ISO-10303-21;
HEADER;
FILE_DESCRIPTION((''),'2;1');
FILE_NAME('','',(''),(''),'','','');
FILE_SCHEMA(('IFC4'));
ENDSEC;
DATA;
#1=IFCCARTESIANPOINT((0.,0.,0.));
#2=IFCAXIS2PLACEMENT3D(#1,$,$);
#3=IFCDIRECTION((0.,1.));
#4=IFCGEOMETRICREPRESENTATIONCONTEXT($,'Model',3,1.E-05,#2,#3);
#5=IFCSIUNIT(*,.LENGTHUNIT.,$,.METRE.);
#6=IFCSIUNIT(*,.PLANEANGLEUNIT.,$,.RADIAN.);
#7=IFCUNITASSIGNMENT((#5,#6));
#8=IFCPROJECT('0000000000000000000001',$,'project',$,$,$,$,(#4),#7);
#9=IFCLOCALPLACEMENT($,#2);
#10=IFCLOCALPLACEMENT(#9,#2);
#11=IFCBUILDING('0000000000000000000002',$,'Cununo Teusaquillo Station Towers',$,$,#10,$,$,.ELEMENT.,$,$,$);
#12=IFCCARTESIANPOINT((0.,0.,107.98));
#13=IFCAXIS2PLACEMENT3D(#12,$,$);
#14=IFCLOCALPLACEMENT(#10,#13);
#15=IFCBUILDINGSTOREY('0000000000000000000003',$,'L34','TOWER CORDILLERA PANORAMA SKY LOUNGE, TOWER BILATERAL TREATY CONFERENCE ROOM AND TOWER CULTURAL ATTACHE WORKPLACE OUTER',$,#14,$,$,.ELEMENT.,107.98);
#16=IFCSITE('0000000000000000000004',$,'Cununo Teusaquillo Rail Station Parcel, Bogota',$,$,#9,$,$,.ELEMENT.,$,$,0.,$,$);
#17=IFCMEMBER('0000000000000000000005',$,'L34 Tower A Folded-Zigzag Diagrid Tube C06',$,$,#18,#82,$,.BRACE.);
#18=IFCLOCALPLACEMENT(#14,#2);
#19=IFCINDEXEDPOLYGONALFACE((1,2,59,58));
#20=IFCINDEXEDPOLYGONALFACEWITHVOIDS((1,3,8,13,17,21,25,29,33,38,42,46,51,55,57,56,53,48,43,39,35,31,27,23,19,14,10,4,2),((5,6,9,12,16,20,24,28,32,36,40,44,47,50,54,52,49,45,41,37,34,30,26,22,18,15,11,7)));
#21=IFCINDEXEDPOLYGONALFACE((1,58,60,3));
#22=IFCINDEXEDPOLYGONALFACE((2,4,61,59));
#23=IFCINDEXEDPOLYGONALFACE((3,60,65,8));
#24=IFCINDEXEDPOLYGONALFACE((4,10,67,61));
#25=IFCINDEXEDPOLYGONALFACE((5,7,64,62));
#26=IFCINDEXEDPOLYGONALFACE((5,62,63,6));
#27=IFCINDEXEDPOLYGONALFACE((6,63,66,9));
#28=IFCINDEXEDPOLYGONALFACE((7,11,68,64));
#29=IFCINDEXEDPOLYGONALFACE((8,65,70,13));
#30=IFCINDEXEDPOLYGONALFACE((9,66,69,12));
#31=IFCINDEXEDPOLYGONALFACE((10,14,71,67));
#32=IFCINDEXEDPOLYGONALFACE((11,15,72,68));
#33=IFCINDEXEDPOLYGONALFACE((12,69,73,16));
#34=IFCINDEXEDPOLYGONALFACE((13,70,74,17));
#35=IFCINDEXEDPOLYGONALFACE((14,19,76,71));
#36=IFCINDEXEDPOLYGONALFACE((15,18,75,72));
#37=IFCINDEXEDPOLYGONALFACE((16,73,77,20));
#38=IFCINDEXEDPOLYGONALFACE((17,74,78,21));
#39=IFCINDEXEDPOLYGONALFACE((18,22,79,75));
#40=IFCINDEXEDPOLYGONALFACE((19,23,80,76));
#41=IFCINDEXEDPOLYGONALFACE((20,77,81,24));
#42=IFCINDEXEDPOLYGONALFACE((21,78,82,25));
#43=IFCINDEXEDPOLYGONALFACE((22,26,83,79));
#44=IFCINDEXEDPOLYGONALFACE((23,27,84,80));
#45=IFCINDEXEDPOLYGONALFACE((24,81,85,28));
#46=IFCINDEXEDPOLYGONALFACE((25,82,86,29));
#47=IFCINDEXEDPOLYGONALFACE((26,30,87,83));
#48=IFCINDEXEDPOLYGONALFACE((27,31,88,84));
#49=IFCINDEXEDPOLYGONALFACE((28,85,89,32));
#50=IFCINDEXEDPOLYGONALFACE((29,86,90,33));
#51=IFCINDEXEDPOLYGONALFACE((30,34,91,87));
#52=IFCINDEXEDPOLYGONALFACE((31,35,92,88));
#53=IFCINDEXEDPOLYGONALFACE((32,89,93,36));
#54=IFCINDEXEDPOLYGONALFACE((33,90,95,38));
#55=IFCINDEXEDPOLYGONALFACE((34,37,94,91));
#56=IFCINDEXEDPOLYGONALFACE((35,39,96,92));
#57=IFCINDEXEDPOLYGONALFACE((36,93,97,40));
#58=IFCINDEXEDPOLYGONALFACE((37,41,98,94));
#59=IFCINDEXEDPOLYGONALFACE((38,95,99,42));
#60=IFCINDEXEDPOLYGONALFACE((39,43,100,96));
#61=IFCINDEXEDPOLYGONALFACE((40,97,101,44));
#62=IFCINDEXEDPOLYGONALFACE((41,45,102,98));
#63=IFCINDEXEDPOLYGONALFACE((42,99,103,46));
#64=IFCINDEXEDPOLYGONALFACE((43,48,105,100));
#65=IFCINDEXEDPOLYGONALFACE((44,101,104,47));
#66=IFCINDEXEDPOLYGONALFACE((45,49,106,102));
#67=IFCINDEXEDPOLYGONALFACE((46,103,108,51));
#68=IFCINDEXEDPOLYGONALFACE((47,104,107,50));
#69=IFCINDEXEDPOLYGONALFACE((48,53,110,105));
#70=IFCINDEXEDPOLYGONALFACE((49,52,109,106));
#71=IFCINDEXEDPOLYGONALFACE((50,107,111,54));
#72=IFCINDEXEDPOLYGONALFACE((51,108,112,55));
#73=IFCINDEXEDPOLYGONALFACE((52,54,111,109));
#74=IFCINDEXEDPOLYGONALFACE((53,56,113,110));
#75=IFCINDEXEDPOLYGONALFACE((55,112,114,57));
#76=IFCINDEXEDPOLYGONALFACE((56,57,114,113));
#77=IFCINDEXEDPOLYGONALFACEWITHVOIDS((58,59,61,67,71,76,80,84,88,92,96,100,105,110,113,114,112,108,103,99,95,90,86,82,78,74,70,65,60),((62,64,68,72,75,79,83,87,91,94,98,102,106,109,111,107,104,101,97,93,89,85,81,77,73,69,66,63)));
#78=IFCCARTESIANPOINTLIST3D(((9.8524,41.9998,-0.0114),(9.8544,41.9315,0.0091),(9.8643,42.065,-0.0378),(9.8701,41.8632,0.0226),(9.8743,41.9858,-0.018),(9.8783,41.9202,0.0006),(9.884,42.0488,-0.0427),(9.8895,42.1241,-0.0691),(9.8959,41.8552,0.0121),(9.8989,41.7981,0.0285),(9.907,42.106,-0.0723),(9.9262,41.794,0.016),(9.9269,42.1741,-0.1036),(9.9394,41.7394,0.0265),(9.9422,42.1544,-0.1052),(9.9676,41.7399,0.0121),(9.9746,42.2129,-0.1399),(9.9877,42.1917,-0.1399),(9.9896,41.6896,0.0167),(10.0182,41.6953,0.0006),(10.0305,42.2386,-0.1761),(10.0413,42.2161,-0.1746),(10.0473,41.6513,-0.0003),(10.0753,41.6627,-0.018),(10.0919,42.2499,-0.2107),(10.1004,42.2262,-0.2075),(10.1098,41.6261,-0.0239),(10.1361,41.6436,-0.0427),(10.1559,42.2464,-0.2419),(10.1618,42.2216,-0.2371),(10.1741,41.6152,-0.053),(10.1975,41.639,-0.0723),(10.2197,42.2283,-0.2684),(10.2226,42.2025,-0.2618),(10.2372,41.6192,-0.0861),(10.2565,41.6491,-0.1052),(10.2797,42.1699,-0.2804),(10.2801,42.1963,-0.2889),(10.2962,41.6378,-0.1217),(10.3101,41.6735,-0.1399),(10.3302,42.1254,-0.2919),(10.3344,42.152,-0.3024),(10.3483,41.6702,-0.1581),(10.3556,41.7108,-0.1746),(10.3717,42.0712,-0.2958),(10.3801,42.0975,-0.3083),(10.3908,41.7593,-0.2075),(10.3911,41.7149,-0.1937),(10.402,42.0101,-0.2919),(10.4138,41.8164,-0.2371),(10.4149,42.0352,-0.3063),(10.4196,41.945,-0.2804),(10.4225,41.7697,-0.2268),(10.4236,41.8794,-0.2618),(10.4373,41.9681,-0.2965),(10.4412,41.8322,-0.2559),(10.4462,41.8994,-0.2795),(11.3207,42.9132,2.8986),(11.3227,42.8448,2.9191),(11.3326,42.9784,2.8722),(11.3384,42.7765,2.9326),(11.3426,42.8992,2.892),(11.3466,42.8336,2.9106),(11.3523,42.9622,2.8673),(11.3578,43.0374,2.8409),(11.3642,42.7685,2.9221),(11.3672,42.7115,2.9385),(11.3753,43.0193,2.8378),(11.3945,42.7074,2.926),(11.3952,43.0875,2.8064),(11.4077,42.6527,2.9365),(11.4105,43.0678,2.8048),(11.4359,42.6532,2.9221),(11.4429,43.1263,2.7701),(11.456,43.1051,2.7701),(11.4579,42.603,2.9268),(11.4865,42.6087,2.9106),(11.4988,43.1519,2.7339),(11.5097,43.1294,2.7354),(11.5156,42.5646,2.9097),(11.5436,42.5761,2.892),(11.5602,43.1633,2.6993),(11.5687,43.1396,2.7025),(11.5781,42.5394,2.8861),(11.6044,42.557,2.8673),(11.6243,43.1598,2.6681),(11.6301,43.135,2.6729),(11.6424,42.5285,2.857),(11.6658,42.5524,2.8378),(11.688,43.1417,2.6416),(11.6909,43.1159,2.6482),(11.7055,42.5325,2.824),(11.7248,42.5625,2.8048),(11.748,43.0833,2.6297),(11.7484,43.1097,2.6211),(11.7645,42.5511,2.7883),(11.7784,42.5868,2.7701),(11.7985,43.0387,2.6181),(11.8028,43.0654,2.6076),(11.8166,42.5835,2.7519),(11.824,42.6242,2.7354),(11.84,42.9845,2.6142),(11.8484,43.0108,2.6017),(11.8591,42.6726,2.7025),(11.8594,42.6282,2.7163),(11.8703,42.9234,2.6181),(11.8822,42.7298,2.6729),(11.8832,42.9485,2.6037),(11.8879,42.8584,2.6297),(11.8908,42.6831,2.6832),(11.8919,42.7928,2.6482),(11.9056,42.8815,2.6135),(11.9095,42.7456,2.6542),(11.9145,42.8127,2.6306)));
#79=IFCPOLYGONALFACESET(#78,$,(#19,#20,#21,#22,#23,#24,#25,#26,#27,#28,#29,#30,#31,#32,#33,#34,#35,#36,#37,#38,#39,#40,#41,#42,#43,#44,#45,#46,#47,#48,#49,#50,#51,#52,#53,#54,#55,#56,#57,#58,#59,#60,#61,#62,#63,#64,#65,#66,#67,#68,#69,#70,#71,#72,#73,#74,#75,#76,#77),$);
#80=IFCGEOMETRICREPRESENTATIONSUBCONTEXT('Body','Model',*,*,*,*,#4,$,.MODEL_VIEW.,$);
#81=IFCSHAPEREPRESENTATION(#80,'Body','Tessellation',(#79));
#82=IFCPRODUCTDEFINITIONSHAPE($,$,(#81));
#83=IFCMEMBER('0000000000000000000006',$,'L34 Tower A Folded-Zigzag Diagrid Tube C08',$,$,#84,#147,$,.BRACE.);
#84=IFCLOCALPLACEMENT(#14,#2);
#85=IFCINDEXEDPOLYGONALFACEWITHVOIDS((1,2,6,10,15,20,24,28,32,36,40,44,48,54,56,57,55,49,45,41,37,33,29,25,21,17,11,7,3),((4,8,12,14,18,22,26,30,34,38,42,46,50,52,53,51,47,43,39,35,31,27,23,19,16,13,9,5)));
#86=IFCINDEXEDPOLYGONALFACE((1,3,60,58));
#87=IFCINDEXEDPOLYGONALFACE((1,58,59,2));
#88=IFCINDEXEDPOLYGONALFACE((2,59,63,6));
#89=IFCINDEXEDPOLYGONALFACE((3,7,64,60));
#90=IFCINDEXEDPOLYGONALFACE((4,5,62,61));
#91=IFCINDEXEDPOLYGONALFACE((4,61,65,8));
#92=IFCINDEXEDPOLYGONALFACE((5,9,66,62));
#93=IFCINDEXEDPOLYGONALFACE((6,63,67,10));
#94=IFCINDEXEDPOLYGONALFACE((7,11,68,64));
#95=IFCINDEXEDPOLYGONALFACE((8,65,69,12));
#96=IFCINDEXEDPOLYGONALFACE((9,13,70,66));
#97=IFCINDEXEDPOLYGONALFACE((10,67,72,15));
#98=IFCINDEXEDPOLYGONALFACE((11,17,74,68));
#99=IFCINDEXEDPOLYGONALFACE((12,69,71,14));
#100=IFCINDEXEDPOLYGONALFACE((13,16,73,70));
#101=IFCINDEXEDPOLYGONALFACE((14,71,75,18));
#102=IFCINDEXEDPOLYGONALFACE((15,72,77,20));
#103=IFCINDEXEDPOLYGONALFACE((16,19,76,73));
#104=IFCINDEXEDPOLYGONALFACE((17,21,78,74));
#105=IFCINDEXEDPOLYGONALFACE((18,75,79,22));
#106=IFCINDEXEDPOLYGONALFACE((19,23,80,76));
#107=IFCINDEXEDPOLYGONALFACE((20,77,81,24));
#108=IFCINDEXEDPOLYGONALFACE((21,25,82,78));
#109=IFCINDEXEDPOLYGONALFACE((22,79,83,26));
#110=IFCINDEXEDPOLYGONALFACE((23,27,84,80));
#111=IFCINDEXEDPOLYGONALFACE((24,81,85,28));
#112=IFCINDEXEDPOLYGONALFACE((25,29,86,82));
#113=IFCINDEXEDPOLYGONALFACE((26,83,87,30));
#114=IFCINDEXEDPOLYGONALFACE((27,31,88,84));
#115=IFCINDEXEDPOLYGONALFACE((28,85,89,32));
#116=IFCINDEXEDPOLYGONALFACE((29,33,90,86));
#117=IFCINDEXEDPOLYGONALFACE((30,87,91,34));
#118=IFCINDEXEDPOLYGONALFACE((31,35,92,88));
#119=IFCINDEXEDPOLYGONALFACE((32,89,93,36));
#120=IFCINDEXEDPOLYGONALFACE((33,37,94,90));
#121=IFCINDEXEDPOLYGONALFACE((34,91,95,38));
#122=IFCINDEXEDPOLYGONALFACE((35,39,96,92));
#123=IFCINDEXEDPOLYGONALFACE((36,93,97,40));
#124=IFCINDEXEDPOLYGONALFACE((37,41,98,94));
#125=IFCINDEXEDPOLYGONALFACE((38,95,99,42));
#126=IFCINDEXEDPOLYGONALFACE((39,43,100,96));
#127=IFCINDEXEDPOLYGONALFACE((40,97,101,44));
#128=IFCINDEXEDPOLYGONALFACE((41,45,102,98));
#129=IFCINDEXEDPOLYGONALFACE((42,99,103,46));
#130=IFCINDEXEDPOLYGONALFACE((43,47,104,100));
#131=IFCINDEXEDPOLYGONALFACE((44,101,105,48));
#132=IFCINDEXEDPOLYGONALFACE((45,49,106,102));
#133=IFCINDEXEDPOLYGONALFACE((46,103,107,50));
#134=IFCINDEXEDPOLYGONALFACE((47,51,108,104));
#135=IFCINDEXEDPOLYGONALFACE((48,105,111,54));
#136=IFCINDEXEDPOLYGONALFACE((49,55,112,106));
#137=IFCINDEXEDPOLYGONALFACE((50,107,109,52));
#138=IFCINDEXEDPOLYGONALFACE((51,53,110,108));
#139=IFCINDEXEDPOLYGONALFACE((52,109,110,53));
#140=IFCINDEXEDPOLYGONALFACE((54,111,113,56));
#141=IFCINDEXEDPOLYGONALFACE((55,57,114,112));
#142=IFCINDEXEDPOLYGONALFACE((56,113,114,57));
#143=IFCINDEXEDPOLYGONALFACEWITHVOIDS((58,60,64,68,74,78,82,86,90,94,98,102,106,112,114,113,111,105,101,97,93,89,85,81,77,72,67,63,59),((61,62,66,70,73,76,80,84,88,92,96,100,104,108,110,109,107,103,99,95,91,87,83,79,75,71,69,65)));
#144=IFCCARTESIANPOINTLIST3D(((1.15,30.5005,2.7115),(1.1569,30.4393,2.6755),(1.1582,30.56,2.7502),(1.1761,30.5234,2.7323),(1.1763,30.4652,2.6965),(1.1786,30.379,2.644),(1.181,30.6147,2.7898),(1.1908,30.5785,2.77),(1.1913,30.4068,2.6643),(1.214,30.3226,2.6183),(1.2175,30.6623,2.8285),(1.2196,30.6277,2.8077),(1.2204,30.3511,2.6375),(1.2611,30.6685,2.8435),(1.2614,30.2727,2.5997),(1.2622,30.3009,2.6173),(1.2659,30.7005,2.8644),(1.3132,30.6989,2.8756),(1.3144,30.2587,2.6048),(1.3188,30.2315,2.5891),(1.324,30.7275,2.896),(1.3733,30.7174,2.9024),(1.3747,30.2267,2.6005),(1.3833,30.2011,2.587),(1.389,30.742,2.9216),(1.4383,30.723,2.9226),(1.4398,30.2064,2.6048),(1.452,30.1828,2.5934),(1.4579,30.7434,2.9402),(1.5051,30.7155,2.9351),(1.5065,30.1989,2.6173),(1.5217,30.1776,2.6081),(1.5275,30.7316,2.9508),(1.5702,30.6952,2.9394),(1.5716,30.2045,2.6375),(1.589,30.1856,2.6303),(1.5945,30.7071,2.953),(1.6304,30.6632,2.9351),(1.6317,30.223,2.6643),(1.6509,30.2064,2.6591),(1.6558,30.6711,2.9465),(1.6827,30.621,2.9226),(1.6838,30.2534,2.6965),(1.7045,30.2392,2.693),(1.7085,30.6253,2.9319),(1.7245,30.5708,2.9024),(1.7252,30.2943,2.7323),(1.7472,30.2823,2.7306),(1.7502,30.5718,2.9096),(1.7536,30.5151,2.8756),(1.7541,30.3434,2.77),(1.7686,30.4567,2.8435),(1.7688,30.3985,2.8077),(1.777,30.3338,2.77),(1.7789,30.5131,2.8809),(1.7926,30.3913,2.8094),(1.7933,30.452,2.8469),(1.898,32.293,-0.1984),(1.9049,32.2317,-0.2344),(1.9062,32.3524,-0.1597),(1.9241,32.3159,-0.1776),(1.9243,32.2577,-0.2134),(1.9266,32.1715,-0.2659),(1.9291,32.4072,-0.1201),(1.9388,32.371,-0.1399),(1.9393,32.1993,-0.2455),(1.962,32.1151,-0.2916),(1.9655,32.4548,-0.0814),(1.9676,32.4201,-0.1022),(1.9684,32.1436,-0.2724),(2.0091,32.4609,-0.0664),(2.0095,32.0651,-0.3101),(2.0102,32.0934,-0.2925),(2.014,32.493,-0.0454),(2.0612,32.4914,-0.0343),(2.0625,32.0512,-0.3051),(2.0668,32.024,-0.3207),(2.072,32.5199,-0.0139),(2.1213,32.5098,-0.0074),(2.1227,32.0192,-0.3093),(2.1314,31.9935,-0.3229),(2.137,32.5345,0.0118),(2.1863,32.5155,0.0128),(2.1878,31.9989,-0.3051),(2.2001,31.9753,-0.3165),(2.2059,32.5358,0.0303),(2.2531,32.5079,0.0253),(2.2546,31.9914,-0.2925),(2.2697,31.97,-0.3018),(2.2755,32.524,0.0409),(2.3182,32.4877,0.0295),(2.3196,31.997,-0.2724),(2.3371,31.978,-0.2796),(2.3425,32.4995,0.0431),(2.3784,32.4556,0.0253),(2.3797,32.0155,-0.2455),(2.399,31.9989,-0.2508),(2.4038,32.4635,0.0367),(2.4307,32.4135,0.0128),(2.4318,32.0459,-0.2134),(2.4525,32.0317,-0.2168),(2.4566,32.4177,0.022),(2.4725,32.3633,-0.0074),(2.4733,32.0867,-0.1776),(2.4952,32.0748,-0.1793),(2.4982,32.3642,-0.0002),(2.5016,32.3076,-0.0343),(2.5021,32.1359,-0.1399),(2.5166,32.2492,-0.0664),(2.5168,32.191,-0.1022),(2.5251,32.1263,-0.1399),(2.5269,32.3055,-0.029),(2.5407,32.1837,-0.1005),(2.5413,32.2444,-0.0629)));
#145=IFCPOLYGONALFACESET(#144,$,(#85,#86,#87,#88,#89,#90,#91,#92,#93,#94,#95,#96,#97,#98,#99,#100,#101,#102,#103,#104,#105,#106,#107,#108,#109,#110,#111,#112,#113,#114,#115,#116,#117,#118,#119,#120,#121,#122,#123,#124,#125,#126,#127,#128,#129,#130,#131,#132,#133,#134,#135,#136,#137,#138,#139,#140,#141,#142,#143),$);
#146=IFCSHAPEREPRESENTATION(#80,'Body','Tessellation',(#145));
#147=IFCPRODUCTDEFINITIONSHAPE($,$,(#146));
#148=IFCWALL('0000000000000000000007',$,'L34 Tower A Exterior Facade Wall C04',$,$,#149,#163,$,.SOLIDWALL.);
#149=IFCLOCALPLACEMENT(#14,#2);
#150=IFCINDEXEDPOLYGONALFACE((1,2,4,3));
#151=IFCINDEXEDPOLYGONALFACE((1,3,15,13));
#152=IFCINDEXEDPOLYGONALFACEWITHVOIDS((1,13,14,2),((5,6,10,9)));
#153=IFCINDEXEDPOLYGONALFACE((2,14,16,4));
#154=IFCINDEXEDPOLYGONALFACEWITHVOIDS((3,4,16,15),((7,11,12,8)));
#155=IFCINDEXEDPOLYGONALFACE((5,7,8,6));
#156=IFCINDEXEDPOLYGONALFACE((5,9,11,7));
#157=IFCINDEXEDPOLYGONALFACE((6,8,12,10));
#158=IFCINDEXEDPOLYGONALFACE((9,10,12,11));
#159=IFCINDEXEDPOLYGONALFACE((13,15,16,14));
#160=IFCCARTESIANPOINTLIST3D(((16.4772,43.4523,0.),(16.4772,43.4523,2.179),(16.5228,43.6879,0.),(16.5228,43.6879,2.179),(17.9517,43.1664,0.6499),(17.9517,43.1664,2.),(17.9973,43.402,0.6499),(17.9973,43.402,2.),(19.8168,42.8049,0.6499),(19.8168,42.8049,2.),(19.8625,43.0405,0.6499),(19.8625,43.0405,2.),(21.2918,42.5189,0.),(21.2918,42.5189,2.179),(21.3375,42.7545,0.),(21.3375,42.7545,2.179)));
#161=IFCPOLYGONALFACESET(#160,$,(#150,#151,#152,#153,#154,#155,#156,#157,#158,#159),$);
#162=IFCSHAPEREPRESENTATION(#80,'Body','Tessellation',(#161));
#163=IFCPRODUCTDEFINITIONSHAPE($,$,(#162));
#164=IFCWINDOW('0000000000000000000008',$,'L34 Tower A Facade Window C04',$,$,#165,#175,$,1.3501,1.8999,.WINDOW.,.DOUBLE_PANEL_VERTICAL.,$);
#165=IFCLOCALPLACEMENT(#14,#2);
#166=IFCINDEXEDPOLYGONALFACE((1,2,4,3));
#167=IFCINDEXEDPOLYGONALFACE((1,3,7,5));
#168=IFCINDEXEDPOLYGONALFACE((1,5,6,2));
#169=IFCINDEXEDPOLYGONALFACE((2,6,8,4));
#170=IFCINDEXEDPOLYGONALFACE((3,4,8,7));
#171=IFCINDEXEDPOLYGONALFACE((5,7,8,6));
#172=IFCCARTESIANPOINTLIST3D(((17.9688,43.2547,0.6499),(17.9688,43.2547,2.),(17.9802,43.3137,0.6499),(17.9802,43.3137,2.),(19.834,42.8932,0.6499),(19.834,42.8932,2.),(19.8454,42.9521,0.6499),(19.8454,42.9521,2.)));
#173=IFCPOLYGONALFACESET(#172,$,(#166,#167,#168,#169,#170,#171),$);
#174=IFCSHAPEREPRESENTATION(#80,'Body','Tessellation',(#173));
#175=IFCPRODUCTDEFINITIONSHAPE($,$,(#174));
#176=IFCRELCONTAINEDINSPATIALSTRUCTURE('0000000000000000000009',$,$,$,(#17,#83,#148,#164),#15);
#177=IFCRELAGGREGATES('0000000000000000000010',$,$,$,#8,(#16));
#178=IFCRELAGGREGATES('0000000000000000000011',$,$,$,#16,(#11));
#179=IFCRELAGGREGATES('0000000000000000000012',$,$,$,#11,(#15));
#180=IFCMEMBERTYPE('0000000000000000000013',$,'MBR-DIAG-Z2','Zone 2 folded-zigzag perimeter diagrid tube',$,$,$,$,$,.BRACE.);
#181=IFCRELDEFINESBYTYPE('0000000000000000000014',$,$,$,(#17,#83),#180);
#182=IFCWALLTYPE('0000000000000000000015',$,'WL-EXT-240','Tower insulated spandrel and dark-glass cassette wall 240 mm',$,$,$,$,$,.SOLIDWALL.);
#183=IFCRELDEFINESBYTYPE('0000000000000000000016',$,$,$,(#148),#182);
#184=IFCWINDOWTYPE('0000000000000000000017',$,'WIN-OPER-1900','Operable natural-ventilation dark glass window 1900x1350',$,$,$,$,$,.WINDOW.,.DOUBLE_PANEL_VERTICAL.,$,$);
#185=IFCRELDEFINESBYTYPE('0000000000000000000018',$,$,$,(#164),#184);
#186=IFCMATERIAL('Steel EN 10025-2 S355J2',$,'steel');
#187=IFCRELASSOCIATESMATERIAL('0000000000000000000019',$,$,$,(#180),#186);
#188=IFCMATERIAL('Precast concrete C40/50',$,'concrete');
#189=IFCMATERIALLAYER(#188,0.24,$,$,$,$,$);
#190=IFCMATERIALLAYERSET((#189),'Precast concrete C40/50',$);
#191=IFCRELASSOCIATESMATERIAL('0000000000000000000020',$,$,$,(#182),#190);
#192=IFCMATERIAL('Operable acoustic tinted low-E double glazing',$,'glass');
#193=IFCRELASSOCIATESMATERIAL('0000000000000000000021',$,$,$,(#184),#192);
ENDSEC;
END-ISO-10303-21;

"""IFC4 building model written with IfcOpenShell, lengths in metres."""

from ifc_helpers import new_model, si_unit, direction, frame, frame_2d, origin, origin_2d, place, context, subcontext, project, spatial, rectangle, hollow_circle, extrude, source, transform, mapped, material, layer, layer_set, material_profile, profile_set, type_object, element, fill, save


model = new_model("IFC4")

# Units and contexts
model_context = context("Model", 3, precision=1e-05, world=origin(), true_north=direction((0.0, 1.0)))
body_context = subcontext(model_context, "Body", "Model", "MODEL_VIEW")
ifc_project = project(units=[si_unit("LENGTHUNIT", "METRE"), si_unit("PLANEANGLEUNIT", "RADIAN")], contexts=[model_context])

# Site, building, storey
site_placement = place(None, origin())
site = spatial("IfcSite", under=ifc_project, at=site_placement, Name="Cununo Teusaquillo Rail Station Parcel, Bogota", CompositionType="ELEMENT", RefElevation=0.0)
building_placement = place(site_placement, origin())
building = spatial("IfcBuilding", under=site, at=building_placement, Name="Cununo Teusaquillo Station Towers", CompositionType="ELEMENT")
storey_placement = place(building_placement, frame((0.0, 0.0, 107.98)))
storey = spatial("IfcBuildingStorey", under=building, at=storey_placement, Name="L34", Description="TOWER CORDILLERA PANORAMA SKY LOUNGE, TOWER BILATERAL TREATY CONFERENCE ROOM AND TOWER CULTURAL ATTACHE WORKPLACE OUTER", CompositionType="ELEMENT", Elevation=107.98)

# Members
ifc_material_1 = material(Name="Steel EN 10025-2 S355J2", Category="steel")
ifc_material_profile_1 = material_profile(ifc_material_1, hollow_circle(Radius=0.3301, WallThickness=0.0249, at=origin_2d()), Name="CHS 660x25")
ifc_profile_set_1 = profile_set([ifc_material_profile_1], Name="Steel EN 10025-2 S355J2")
member_type = type_object("IfcMemberType", Name="MBR-DIAG-Z2", Description="Zone 2 folded-zigzag perimeter diagrid tube", PredefinedType="BRACE", material=ifc_profile_set_1)
member_1_placement = place(storey_placement, frame((10.1489, 41.9326, -0.1399), z_axis=(0.433768, 0.269825, 0.859674), x_axis=(-0.528196, 0.849123, 0.0)))
element("IfcMember", 1, at=member_1_placement, inside=storey, type_object=member_type, Name="L34 Tower A Folded-Zigzag Diagrid Tube C06", PredefinedType="BRACE", context=body_context, shape_type="SweptSolid", body=[
    extrude(hollow_circle(Radius=0.3301, WallThickness=0.0249, at=origin_2d()), origin(), (0.0, 0.0, 1.0), 3.385),
])
member_2_placement = place(storey_placement, frame((2.2205, 32.2534, -0.1399), z_axis=(-0.213814, -0.512343, 0.831738), x_axis=(0.922861, -0.385133, 0.0)))
element("IfcMember", 2, at=member_2_placement, inside=storey, type_object=member_type, Name="L34 Tower A Folded-Zigzag Diagrid Tube C08", PredefinedType="BRACE", context=body_context, shape_type="SweptSolid", body=[
    extrude(hollow_circle(Radius=0.3301, WallThickness=0.0249, at=origin_2d()), origin(), (0.0, 0.0, 1.0), 3.4985),
])

# Wall, opening, window
ifc_material_2 = material(Name="Precast concrete C40/50", Category="concrete")
ifc_layer_1 = layer(ifc_material_2, 0.24)
ifc_layer_set_1 = layer_set([ifc_layer_1], Name="Precast concrete C40/50")
wall_type_1 = type_object("IfcWallType", Name="WL-EXT-240", Description="Tower insulated spandrel and dark-glass cassette wall 240 mm", PredefinedType="SOLIDWALL", material=ifc_layer_set_1)
wall_1_placement = place(storey_placement, frame((16.5, 43.5701, 0.0), z_axis=(0.0, 0.0, 1.0), x_axis=(0.981724, -0.190311, 0.0)))
wall_1 = element("IfcWall", 3, at=wall_1_placement, inside=storey, type_object=wall_type_1, Name="L34 Tower A Exterior Facade Wall C04", PredefinedType="SOLIDWALL", context=body_context, shape_type="SweptSolid", body=[
    extrude(rectangle(XDim=4.9043, YDim=0.24, at=frame_2d((2.4521, 0.0))), origin(), (0.0, 0.0, 1.0), 2.179),
])
shared_shape_1 = source(origin(), body_context, "Body", "SweptSolid", [
    extrude(rectangle(XDim=1.8999, YDim=1.3501, at=frame_2d((0.95, 0.675))), frame((0.0, 0.1299, 0.0), z_axis=(0.0, -1.0, 0.0), x_axis=(1.0, 0.0, 0.0)), (0.0, 0.0, 1.0), 0.26),
])
opening_1_placement = place(wall_1_placement, frame((1.502, 0.0, 0.6499)))
opening_1 = element("IfcOpeningElement", 4, at=opening_1_placement, cuts=wall_1, PredefinedType="OPENING", context=body_context, shape_type="MappedRepresentation", body=[
    mapped(shared_shape_1, transform((0.0, 0.0, 0.0), x_axis=(1.0, 0.0, 0.0), y_axis=(0.0, 1.0, 0.0), z_axis=(0.0, 0.0, 1.0), scale=1.0)),
])
ifc_material_3 = material(Name="Operable acoustic tinted low-E double glazing", Category="glass")
window_type_1 = type_object("IfcWindowType", Name="WIN-OPER-1900", Description="Operable natural-ventilation dark glass window 1900x1350", PartitioningType="DOUBLE_PANEL_VERTICAL", PredefinedType="WINDOW", material=ifc_material_3)
shared_shape_2 = source(origin(), body_context, "Body", "SweptSolid", [
    extrude(rectangle(XDim=1.8999, YDim=1.3501, at=frame_2d((0.95, 0.675))), frame((0.0, 0.03, 0.0), z_axis=(0.0, -1.0, 0.0), x_axis=(1.0, 0.0, 0.0)), (0.0, 0.0, 1.0), 0.0601),
])
window_1_placement = place(opening_1_placement, origin())
window_1 = element("IfcWindow", 5, at=window_1_placement, inside=storey, type_object=window_type_1, Name="L34 Tower A Facade Window C04", OverallHeight=1.3501, OverallWidth=1.8999, PartitioningType="DOUBLE_PANEL_VERTICAL", PredefinedType="WINDOW", context=body_context, shape_type="MappedRepresentation", body=[
    mapped(shared_shape_2, transform((0.0, 0.0, 0.0), x_axis=(1.0, 0.0, 0.0), y_axis=(0.0, 1.0, 0.0), z_axis=(0.0, 0.0, 1.0), scale=1.0)),
])
fill(opening_1, window_1)

save(model, "model.ifc")
